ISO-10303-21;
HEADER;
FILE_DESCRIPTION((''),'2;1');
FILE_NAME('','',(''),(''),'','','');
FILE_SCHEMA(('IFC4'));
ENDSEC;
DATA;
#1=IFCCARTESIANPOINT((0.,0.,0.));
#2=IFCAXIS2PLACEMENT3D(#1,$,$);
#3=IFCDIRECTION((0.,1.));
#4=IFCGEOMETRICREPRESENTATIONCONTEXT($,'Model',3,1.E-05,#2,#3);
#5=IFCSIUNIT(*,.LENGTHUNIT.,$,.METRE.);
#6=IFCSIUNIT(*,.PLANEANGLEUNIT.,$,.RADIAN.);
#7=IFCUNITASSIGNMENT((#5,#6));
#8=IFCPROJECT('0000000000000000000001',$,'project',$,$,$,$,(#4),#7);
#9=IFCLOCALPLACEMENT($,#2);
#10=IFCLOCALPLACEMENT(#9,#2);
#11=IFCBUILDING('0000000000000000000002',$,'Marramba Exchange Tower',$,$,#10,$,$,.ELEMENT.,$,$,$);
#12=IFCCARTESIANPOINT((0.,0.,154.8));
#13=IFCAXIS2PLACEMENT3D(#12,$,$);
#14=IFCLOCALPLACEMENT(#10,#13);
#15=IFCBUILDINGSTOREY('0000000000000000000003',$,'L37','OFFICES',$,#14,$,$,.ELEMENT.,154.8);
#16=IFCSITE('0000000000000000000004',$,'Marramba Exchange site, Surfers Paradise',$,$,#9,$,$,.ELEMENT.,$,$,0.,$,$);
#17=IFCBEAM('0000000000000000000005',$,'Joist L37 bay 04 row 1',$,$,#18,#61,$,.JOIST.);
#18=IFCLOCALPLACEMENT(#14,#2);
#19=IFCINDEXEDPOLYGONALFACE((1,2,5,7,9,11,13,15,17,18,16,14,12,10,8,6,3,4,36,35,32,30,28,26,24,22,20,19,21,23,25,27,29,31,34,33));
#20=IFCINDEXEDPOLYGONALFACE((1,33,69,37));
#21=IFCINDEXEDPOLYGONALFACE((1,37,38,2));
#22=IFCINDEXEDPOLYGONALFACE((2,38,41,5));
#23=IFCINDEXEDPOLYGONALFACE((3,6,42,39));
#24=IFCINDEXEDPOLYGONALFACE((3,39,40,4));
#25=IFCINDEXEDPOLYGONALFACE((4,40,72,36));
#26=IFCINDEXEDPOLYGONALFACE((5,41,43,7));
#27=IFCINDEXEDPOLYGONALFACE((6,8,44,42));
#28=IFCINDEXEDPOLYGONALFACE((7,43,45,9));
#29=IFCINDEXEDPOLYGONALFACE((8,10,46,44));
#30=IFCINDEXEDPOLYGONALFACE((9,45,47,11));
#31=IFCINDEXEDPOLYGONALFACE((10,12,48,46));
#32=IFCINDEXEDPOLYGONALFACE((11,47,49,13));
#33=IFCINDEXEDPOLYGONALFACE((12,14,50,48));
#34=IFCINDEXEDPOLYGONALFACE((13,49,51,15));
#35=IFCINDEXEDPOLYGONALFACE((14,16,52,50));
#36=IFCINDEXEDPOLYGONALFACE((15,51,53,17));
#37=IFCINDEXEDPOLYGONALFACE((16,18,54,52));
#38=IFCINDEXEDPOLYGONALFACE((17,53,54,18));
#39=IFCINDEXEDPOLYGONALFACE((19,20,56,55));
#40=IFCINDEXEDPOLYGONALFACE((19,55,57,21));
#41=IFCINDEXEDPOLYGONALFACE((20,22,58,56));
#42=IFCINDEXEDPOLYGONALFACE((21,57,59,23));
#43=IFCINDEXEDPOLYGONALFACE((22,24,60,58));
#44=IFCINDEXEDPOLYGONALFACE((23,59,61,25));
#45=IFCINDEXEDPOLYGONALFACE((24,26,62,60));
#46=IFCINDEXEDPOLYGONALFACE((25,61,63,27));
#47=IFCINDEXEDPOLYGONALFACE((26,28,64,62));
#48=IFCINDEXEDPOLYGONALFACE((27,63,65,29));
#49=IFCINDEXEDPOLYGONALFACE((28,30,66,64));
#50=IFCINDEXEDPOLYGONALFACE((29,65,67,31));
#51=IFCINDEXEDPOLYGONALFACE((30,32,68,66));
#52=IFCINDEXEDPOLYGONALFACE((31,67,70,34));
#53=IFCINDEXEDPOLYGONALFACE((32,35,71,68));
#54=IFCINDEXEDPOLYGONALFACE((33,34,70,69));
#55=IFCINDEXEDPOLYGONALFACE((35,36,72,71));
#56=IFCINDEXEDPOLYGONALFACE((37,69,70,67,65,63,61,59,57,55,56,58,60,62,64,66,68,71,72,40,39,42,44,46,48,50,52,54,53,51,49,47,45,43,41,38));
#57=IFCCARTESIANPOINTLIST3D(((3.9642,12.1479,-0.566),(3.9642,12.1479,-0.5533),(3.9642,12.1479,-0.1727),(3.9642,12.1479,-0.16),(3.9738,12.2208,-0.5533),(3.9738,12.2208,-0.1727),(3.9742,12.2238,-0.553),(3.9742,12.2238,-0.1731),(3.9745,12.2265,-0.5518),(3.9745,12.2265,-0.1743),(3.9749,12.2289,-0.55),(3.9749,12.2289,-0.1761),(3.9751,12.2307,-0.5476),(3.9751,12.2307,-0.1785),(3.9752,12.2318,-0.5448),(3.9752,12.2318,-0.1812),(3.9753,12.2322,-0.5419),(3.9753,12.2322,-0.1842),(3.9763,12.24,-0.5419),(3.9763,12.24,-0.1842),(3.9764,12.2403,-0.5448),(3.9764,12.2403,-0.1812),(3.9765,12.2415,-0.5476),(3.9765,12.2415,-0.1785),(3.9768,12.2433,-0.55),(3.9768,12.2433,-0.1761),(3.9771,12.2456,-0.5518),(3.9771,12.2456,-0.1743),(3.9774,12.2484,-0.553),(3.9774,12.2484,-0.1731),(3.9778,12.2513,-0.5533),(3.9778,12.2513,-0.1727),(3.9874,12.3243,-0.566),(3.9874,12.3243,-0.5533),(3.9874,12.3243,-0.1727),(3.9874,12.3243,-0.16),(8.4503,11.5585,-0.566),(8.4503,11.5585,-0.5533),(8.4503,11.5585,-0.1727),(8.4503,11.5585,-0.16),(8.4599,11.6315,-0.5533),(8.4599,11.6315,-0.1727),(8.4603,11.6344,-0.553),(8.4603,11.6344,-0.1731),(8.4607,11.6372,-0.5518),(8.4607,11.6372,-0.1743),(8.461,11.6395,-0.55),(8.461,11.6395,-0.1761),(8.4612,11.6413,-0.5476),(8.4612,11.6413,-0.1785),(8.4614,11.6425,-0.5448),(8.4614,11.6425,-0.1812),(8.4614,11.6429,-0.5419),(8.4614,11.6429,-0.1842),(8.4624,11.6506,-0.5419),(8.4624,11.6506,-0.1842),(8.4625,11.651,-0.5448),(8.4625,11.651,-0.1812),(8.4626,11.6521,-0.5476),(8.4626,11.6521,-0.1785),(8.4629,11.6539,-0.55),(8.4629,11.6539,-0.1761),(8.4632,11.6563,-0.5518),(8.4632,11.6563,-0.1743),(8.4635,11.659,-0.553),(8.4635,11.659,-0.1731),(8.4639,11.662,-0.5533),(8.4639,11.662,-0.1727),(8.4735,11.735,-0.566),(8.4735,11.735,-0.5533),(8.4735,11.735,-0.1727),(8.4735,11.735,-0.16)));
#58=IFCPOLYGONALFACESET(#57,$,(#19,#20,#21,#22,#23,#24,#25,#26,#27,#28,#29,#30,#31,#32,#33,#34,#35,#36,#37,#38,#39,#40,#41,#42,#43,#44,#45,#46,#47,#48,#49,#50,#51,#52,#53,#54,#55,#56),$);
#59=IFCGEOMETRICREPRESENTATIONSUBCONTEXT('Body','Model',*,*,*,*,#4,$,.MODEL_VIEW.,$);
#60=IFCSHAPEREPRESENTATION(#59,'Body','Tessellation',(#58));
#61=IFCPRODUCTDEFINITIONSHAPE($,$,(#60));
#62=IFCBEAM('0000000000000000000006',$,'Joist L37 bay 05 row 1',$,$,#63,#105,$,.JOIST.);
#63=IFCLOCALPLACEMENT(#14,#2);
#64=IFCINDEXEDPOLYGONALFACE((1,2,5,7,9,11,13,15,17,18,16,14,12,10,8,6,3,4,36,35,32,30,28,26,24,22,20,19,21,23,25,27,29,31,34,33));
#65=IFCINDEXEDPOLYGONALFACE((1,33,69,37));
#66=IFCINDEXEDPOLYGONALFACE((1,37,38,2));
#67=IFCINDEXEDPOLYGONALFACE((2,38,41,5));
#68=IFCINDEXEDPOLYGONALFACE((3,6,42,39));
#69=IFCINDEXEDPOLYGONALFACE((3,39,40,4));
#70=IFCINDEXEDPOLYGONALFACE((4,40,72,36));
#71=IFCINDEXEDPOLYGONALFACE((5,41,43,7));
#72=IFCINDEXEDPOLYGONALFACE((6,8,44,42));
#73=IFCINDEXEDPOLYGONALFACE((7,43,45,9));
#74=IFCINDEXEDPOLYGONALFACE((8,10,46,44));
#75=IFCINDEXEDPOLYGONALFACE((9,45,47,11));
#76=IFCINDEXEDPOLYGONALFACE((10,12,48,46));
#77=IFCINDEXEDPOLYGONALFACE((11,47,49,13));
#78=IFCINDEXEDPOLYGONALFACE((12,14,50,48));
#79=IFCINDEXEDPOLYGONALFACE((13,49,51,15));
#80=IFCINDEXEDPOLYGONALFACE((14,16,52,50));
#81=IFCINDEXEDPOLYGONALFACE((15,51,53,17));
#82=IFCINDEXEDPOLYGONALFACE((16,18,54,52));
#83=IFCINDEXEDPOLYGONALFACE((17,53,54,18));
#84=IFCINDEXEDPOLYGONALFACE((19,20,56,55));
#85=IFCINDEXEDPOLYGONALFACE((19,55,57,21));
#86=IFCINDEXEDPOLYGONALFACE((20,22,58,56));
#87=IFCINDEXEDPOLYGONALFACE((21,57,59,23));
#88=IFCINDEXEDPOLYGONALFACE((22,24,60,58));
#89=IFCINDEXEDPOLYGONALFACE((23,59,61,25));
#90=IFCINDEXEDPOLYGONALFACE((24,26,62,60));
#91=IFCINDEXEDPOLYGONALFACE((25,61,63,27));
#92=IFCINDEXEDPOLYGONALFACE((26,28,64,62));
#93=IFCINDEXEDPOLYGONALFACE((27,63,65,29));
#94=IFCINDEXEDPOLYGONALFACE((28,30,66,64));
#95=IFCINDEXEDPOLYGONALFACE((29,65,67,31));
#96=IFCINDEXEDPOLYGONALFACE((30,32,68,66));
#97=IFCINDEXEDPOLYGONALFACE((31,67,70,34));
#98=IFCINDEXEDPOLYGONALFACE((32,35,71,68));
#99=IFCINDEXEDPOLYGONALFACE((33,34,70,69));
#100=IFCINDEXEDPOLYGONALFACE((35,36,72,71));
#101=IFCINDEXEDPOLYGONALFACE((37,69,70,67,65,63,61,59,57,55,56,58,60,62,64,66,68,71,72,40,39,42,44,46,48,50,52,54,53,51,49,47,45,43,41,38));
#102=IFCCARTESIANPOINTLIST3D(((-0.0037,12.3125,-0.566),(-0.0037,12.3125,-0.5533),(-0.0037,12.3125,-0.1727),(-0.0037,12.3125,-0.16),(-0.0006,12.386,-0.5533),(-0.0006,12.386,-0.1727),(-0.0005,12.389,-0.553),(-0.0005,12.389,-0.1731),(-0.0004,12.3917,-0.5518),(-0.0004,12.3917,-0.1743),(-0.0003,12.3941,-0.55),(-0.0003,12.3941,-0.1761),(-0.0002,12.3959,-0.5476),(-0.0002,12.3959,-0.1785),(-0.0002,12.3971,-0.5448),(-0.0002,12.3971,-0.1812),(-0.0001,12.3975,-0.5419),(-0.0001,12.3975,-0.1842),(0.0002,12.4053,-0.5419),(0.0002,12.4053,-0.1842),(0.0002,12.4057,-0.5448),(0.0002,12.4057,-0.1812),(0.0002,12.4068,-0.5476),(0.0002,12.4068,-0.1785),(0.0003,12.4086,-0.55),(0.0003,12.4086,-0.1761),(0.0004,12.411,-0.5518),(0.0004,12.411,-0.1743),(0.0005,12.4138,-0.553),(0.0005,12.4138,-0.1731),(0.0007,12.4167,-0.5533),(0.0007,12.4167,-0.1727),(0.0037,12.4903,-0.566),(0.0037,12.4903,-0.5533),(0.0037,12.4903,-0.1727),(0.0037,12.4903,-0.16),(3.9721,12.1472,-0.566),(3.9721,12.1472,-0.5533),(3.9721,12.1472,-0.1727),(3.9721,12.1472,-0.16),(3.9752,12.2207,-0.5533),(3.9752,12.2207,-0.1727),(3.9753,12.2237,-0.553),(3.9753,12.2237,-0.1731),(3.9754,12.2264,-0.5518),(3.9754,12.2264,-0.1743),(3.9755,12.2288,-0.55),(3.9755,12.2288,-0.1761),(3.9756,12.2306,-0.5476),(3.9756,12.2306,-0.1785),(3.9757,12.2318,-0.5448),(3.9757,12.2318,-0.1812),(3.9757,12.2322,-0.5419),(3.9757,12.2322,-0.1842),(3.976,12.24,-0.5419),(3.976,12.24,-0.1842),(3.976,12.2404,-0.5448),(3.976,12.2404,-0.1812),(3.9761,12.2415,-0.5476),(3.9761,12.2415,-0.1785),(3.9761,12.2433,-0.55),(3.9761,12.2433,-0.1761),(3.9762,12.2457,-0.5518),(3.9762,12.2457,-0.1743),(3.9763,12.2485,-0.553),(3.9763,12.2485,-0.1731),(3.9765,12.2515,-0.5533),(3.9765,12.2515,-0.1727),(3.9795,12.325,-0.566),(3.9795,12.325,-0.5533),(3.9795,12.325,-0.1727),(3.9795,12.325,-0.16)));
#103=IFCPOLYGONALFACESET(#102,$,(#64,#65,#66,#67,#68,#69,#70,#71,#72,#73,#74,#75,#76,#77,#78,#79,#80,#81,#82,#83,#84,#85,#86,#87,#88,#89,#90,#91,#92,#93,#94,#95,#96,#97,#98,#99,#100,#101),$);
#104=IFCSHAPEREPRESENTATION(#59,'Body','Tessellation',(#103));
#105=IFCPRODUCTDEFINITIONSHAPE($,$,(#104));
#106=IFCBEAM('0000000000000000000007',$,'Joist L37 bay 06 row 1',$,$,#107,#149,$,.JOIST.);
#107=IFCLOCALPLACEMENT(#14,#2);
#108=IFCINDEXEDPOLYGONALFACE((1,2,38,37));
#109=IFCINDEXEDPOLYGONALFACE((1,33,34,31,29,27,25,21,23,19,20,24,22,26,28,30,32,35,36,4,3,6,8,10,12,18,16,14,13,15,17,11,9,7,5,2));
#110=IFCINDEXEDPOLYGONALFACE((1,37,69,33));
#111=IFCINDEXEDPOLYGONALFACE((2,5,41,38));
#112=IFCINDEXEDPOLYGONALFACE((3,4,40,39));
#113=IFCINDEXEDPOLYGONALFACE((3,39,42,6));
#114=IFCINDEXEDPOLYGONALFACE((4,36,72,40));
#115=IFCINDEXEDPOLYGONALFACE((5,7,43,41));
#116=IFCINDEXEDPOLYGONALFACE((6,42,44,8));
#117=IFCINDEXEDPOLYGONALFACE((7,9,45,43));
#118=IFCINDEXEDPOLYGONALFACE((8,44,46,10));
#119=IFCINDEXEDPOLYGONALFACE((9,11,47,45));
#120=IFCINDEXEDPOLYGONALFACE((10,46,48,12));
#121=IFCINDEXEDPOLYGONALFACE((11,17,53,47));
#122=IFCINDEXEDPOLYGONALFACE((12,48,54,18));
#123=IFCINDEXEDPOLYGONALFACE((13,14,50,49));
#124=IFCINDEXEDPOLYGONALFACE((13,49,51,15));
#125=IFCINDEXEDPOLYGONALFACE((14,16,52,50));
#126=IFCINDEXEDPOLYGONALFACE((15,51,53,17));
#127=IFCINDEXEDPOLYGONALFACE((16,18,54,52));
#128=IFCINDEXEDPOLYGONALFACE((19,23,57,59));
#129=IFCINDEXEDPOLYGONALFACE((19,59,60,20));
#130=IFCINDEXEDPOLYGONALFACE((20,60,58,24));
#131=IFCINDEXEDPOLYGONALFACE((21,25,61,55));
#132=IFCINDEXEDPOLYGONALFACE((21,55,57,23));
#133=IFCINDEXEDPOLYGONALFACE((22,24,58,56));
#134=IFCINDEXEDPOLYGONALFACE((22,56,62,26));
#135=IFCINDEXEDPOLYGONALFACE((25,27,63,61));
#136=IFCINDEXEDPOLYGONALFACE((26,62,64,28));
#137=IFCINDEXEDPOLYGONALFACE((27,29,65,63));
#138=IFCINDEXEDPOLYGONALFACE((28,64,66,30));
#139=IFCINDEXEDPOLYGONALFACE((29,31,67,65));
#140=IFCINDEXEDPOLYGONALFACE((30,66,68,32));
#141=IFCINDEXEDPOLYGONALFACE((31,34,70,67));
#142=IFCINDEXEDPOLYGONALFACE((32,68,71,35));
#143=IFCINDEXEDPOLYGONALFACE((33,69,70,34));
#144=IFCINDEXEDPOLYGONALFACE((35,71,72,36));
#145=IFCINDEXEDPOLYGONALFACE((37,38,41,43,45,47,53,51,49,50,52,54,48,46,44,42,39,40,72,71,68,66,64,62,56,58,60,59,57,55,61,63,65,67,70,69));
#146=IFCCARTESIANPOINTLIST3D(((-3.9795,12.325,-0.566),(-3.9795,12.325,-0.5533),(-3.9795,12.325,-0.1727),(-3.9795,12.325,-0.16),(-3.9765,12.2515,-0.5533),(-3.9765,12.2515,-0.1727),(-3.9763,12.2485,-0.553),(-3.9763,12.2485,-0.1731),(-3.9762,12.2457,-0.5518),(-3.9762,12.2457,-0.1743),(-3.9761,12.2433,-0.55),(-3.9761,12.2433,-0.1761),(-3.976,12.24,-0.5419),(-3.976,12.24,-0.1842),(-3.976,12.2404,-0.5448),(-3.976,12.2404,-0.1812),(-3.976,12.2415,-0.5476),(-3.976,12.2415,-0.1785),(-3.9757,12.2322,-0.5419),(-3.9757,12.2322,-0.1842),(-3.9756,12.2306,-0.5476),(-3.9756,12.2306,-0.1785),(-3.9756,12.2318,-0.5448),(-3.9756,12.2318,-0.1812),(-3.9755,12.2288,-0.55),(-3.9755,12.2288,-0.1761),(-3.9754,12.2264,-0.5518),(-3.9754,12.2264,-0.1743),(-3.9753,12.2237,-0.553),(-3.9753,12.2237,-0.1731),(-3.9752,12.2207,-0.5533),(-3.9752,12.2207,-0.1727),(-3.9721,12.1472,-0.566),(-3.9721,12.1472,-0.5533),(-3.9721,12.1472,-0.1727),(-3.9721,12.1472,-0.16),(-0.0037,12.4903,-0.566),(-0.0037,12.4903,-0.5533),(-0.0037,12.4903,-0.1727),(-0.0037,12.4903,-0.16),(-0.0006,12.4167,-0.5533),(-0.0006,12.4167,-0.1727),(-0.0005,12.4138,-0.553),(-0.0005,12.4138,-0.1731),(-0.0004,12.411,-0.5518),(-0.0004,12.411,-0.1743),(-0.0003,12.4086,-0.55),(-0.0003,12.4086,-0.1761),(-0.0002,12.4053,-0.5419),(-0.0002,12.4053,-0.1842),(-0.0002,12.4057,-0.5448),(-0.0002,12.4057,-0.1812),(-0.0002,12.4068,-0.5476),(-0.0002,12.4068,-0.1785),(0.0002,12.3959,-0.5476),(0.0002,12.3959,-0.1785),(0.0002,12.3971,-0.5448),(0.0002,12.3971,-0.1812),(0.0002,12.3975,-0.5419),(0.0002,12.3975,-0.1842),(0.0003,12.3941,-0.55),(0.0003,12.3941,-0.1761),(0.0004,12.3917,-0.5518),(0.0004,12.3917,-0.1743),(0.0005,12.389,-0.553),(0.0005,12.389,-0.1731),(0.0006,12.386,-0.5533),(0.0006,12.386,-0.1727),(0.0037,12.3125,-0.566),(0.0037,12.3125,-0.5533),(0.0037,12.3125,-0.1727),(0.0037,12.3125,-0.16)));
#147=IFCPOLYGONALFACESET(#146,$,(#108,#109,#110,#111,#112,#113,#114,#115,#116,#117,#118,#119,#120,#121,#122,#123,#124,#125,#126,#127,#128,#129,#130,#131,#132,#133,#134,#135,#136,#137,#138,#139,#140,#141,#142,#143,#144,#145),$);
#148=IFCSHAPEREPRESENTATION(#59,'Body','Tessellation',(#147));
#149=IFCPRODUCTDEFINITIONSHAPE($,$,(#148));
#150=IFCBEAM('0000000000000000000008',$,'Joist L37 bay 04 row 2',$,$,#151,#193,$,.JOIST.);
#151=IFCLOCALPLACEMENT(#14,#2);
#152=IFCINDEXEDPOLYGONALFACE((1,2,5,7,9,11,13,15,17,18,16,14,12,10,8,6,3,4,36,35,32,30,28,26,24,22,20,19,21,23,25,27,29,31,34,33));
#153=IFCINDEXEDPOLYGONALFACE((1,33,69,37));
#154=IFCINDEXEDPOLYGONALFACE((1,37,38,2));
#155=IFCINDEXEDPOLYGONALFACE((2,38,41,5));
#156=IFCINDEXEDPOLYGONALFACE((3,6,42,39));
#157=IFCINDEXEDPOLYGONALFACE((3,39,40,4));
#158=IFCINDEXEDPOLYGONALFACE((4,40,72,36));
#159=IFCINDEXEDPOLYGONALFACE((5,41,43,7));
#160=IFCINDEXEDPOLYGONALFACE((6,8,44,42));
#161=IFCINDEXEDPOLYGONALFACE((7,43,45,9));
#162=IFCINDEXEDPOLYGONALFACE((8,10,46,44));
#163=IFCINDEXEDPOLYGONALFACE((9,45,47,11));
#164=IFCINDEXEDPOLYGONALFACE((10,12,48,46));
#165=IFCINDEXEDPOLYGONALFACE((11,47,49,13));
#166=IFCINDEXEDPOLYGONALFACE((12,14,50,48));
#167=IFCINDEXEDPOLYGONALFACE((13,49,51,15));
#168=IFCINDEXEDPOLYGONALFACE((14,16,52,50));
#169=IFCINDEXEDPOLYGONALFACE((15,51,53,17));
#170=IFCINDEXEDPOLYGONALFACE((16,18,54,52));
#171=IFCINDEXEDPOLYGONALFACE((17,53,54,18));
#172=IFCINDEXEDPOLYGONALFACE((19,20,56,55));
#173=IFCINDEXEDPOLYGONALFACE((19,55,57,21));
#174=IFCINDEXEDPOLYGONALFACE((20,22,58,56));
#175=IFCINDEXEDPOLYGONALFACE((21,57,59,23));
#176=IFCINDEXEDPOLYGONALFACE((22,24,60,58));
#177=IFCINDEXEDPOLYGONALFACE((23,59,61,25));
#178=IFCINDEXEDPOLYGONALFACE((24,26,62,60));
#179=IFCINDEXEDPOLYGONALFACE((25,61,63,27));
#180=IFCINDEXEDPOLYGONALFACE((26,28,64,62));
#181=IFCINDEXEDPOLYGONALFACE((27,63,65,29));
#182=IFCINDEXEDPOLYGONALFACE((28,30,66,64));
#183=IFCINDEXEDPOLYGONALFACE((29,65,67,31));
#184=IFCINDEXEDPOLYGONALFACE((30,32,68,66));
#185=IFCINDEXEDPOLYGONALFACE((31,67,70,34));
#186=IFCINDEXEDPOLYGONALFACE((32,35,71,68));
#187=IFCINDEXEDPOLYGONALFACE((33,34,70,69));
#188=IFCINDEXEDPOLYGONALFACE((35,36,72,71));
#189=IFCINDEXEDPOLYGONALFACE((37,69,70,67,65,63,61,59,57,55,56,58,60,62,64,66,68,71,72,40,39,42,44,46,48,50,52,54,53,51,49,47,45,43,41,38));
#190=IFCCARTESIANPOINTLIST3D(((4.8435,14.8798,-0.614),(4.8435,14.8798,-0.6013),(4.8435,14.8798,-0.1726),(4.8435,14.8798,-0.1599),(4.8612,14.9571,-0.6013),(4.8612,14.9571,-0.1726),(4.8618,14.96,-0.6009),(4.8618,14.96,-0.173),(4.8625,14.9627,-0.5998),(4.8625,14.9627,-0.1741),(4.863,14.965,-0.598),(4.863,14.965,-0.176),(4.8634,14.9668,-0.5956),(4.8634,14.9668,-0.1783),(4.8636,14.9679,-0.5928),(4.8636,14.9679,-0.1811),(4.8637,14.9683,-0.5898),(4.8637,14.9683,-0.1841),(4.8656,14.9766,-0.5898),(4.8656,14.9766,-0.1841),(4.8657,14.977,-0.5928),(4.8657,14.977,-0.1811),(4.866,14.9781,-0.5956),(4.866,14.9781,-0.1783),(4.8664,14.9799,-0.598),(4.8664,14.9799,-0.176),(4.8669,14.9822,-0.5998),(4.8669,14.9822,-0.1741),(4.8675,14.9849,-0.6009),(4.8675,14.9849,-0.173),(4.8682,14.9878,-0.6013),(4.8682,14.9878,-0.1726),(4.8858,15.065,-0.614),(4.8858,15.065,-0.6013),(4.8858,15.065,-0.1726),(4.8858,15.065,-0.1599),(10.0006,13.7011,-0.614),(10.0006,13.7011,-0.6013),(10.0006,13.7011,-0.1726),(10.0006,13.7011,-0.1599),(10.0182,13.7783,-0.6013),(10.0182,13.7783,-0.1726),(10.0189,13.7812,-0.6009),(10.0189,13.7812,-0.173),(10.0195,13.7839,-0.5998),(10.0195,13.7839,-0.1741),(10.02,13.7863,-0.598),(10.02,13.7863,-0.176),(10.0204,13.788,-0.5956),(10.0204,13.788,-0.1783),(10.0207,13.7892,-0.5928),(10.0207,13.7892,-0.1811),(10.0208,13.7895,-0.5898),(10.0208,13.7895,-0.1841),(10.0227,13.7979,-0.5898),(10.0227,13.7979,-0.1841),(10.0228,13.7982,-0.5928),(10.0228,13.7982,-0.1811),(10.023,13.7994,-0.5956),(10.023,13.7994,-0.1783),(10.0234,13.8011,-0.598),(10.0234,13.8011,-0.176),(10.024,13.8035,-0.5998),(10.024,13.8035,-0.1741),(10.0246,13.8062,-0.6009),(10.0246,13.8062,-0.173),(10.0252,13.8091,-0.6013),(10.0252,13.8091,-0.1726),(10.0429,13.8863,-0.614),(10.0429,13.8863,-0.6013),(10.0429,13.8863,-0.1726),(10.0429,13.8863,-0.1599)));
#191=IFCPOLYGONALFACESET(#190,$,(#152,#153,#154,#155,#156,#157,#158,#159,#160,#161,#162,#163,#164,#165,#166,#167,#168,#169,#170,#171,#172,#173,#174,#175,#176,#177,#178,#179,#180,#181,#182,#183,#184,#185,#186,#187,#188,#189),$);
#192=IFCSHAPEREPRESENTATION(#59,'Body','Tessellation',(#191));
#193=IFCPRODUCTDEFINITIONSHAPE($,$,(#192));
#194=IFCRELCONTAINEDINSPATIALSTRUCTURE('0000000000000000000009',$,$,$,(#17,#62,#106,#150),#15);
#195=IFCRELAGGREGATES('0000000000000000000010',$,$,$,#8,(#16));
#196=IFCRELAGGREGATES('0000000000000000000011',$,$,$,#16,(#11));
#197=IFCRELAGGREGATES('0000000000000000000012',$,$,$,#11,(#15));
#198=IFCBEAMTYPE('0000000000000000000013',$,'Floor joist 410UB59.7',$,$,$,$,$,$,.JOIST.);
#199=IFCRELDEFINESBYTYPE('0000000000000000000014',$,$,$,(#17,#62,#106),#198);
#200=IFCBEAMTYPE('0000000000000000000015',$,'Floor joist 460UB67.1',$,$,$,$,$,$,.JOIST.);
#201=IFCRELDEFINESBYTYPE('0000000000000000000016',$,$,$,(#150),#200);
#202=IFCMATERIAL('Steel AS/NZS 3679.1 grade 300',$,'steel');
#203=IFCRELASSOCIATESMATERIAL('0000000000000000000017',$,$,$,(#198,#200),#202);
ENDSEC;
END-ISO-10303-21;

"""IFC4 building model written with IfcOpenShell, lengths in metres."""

from ifc_helpers import new_model, si_unit, direction, frame, origin, origin_2d, place, context, subcontext, project, spatial, i_section, extrude, material, material_profile, profile_set, type_object, element, save


model = new_model("IFC4")

# Units and contexts
model_context = context("Model", 3, precision=1e-05, world=origin(), true_north=direction((0.0, 1.0)))
body_context = subcontext(model_context, "Body", "Model", "MODEL_VIEW")
ifc_project = project(units=[si_unit("LENGTHUNIT", "METRE"), si_unit("PLANEANGLEUNIT", "RADIAN")], contexts=[model_context])

# Site, building, storey
site_placement = place(None, origin())
site = spatial("IfcSite", under=ifc_project, at=site_placement, Name="Marramba Exchange site, Surfers Paradise", CompositionType="ELEMENT", RefElevation=0.0)
building_placement = place(site_placement, origin())
building = spatial("IfcBuilding", under=site, at=building_placement, Name="Marramba Exchange Tower", CompositionType="ELEMENT")
storey_placement = place(building_placement, frame((0.0, 0.0, 154.8)))
storey = spatial("IfcBuildingStorey", under=building, at=storey_placement, Name="L37", Description="OFFICES", CompositionType="ELEMENT", Elevation=154.8)

# Beams
ifc_material_1 = material(Name="Steel AS/NZS 3679.1 grade 300", Category="steel")
ifc_material_profile_1 = material_profile(ifc_material_1, i_section(OverallWidth=0.178, OverallDepth=0.406, WebThickness=0.0078, FlangeThickness=0.0127, FilletRadius=0.0115, at=origin_2d()), Name="410UB59.7")
ifc_profile_set_1 = profile_set([ifc_material_profile_1], Name="Steel AS/NZS 3679.1 grade 300")
beam_type_1 = type_object("IfcBeamType", Name="Floor joist 410UB59.7", PredefinedType="JOIST", material=ifc_profile_set_1)
beam_1_placement = place(storey_placement, frame((8.4619, 11.6467, -0.363), z_axis=(-0.991481, 0.130255, 0.0), x_axis=(-0.130255, -0.991481, 0.0)))
element("IfcBeam", 1, at=beam_1_placement, inside=storey, type_object=beam_type_1, Name="Joist L37 bay 04 row 1", PredefinedType="JOIST", context=body_context, shape_type="SweptSolid", body=[
    extrude(i_section(OverallWidth=0.178, OverallDepth=0.406, WebThickness=0.0078, FlangeThickness=0.0127, FilletRadius=0.0115, at=origin_2d()), origin(), (0.0, 0.0, 1.0), 4.5247),
])
for number, where, z_axis, x_axis, name in (
    (2, (3.9758, 12.2361, -0.363), (-0.999137, 0.041536, 0.0), (-0.041536, -0.999137, 0.0), "Joist L37 bay 05 row 1"),
    (3, (0.0, 12.4014, -0.363), (-0.999137, -0.041536, 0.0), (0.041536, -0.999137, 0.0), "Joist L37 bay 06 row 1"),
):
    element("IfcBeam", number, at=place(storey_placement, frame(where, z_axis=z_axis, x_axis=x_axis)), inside=storey, type_object=beam_type_1, Name=name, PredefinedType="JOIST", context=body_context, shape_type="SweptSolid", body=[
        extrude(i_section(OverallWidth=0.178, OverallDepth=0.406, WebThickness=0.0078, FlangeThickness=0.0127, FilletRadius=0.0115, at=origin_2d()), origin(), (0.0, 0.0, 1.0), 3.9792),
    ])
ifc_material_profile_2 = material_profile(ifc_material_1, i_section(OverallWidth=0.1899, OverallDepth=0.4541, WebThickness=0.0085, FlangeThickness=0.0127, FilletRadius=0.0115, at=origin_2d()), Name="460UB67.1")
ifc_profile_set_2 = profile_set([ifc_material_profile_2], Name="Steel AS/NZS 3679.1 grade 300")
beam_type_2 = type_object("IfcBeamType", Name="Floor joist 460UB67.1", PredefinedType="JOIST", material=ifc_profile_set_2)
beam_2_placement = place(storey_placement, frame((10.0217, 13.7937, -0.387), z_axis=(-0.97486, 0.22282, 0.0), x_axis=(-0.22282, -0.97486, 0.0)))
element("IfcBeam", 4, at=beam_2_placement, inside=storey, type_object=beam_type_2, Name="Joist L37 bay 04 row 2", PredefinedType="JOIST", context=body_context, shape_type="SweptSolid", body=[
    extrude(i_section(OverallWidth=0.1899, OverallDepth=0.4541, WebThickness=0.0085, FlangeThickness=0.0127, FilletRadius=0.0115, at=origin_2d()), origin(), (0.0, 0.0, 1.0), 5.29),
])

save(model, "model.ifc")
